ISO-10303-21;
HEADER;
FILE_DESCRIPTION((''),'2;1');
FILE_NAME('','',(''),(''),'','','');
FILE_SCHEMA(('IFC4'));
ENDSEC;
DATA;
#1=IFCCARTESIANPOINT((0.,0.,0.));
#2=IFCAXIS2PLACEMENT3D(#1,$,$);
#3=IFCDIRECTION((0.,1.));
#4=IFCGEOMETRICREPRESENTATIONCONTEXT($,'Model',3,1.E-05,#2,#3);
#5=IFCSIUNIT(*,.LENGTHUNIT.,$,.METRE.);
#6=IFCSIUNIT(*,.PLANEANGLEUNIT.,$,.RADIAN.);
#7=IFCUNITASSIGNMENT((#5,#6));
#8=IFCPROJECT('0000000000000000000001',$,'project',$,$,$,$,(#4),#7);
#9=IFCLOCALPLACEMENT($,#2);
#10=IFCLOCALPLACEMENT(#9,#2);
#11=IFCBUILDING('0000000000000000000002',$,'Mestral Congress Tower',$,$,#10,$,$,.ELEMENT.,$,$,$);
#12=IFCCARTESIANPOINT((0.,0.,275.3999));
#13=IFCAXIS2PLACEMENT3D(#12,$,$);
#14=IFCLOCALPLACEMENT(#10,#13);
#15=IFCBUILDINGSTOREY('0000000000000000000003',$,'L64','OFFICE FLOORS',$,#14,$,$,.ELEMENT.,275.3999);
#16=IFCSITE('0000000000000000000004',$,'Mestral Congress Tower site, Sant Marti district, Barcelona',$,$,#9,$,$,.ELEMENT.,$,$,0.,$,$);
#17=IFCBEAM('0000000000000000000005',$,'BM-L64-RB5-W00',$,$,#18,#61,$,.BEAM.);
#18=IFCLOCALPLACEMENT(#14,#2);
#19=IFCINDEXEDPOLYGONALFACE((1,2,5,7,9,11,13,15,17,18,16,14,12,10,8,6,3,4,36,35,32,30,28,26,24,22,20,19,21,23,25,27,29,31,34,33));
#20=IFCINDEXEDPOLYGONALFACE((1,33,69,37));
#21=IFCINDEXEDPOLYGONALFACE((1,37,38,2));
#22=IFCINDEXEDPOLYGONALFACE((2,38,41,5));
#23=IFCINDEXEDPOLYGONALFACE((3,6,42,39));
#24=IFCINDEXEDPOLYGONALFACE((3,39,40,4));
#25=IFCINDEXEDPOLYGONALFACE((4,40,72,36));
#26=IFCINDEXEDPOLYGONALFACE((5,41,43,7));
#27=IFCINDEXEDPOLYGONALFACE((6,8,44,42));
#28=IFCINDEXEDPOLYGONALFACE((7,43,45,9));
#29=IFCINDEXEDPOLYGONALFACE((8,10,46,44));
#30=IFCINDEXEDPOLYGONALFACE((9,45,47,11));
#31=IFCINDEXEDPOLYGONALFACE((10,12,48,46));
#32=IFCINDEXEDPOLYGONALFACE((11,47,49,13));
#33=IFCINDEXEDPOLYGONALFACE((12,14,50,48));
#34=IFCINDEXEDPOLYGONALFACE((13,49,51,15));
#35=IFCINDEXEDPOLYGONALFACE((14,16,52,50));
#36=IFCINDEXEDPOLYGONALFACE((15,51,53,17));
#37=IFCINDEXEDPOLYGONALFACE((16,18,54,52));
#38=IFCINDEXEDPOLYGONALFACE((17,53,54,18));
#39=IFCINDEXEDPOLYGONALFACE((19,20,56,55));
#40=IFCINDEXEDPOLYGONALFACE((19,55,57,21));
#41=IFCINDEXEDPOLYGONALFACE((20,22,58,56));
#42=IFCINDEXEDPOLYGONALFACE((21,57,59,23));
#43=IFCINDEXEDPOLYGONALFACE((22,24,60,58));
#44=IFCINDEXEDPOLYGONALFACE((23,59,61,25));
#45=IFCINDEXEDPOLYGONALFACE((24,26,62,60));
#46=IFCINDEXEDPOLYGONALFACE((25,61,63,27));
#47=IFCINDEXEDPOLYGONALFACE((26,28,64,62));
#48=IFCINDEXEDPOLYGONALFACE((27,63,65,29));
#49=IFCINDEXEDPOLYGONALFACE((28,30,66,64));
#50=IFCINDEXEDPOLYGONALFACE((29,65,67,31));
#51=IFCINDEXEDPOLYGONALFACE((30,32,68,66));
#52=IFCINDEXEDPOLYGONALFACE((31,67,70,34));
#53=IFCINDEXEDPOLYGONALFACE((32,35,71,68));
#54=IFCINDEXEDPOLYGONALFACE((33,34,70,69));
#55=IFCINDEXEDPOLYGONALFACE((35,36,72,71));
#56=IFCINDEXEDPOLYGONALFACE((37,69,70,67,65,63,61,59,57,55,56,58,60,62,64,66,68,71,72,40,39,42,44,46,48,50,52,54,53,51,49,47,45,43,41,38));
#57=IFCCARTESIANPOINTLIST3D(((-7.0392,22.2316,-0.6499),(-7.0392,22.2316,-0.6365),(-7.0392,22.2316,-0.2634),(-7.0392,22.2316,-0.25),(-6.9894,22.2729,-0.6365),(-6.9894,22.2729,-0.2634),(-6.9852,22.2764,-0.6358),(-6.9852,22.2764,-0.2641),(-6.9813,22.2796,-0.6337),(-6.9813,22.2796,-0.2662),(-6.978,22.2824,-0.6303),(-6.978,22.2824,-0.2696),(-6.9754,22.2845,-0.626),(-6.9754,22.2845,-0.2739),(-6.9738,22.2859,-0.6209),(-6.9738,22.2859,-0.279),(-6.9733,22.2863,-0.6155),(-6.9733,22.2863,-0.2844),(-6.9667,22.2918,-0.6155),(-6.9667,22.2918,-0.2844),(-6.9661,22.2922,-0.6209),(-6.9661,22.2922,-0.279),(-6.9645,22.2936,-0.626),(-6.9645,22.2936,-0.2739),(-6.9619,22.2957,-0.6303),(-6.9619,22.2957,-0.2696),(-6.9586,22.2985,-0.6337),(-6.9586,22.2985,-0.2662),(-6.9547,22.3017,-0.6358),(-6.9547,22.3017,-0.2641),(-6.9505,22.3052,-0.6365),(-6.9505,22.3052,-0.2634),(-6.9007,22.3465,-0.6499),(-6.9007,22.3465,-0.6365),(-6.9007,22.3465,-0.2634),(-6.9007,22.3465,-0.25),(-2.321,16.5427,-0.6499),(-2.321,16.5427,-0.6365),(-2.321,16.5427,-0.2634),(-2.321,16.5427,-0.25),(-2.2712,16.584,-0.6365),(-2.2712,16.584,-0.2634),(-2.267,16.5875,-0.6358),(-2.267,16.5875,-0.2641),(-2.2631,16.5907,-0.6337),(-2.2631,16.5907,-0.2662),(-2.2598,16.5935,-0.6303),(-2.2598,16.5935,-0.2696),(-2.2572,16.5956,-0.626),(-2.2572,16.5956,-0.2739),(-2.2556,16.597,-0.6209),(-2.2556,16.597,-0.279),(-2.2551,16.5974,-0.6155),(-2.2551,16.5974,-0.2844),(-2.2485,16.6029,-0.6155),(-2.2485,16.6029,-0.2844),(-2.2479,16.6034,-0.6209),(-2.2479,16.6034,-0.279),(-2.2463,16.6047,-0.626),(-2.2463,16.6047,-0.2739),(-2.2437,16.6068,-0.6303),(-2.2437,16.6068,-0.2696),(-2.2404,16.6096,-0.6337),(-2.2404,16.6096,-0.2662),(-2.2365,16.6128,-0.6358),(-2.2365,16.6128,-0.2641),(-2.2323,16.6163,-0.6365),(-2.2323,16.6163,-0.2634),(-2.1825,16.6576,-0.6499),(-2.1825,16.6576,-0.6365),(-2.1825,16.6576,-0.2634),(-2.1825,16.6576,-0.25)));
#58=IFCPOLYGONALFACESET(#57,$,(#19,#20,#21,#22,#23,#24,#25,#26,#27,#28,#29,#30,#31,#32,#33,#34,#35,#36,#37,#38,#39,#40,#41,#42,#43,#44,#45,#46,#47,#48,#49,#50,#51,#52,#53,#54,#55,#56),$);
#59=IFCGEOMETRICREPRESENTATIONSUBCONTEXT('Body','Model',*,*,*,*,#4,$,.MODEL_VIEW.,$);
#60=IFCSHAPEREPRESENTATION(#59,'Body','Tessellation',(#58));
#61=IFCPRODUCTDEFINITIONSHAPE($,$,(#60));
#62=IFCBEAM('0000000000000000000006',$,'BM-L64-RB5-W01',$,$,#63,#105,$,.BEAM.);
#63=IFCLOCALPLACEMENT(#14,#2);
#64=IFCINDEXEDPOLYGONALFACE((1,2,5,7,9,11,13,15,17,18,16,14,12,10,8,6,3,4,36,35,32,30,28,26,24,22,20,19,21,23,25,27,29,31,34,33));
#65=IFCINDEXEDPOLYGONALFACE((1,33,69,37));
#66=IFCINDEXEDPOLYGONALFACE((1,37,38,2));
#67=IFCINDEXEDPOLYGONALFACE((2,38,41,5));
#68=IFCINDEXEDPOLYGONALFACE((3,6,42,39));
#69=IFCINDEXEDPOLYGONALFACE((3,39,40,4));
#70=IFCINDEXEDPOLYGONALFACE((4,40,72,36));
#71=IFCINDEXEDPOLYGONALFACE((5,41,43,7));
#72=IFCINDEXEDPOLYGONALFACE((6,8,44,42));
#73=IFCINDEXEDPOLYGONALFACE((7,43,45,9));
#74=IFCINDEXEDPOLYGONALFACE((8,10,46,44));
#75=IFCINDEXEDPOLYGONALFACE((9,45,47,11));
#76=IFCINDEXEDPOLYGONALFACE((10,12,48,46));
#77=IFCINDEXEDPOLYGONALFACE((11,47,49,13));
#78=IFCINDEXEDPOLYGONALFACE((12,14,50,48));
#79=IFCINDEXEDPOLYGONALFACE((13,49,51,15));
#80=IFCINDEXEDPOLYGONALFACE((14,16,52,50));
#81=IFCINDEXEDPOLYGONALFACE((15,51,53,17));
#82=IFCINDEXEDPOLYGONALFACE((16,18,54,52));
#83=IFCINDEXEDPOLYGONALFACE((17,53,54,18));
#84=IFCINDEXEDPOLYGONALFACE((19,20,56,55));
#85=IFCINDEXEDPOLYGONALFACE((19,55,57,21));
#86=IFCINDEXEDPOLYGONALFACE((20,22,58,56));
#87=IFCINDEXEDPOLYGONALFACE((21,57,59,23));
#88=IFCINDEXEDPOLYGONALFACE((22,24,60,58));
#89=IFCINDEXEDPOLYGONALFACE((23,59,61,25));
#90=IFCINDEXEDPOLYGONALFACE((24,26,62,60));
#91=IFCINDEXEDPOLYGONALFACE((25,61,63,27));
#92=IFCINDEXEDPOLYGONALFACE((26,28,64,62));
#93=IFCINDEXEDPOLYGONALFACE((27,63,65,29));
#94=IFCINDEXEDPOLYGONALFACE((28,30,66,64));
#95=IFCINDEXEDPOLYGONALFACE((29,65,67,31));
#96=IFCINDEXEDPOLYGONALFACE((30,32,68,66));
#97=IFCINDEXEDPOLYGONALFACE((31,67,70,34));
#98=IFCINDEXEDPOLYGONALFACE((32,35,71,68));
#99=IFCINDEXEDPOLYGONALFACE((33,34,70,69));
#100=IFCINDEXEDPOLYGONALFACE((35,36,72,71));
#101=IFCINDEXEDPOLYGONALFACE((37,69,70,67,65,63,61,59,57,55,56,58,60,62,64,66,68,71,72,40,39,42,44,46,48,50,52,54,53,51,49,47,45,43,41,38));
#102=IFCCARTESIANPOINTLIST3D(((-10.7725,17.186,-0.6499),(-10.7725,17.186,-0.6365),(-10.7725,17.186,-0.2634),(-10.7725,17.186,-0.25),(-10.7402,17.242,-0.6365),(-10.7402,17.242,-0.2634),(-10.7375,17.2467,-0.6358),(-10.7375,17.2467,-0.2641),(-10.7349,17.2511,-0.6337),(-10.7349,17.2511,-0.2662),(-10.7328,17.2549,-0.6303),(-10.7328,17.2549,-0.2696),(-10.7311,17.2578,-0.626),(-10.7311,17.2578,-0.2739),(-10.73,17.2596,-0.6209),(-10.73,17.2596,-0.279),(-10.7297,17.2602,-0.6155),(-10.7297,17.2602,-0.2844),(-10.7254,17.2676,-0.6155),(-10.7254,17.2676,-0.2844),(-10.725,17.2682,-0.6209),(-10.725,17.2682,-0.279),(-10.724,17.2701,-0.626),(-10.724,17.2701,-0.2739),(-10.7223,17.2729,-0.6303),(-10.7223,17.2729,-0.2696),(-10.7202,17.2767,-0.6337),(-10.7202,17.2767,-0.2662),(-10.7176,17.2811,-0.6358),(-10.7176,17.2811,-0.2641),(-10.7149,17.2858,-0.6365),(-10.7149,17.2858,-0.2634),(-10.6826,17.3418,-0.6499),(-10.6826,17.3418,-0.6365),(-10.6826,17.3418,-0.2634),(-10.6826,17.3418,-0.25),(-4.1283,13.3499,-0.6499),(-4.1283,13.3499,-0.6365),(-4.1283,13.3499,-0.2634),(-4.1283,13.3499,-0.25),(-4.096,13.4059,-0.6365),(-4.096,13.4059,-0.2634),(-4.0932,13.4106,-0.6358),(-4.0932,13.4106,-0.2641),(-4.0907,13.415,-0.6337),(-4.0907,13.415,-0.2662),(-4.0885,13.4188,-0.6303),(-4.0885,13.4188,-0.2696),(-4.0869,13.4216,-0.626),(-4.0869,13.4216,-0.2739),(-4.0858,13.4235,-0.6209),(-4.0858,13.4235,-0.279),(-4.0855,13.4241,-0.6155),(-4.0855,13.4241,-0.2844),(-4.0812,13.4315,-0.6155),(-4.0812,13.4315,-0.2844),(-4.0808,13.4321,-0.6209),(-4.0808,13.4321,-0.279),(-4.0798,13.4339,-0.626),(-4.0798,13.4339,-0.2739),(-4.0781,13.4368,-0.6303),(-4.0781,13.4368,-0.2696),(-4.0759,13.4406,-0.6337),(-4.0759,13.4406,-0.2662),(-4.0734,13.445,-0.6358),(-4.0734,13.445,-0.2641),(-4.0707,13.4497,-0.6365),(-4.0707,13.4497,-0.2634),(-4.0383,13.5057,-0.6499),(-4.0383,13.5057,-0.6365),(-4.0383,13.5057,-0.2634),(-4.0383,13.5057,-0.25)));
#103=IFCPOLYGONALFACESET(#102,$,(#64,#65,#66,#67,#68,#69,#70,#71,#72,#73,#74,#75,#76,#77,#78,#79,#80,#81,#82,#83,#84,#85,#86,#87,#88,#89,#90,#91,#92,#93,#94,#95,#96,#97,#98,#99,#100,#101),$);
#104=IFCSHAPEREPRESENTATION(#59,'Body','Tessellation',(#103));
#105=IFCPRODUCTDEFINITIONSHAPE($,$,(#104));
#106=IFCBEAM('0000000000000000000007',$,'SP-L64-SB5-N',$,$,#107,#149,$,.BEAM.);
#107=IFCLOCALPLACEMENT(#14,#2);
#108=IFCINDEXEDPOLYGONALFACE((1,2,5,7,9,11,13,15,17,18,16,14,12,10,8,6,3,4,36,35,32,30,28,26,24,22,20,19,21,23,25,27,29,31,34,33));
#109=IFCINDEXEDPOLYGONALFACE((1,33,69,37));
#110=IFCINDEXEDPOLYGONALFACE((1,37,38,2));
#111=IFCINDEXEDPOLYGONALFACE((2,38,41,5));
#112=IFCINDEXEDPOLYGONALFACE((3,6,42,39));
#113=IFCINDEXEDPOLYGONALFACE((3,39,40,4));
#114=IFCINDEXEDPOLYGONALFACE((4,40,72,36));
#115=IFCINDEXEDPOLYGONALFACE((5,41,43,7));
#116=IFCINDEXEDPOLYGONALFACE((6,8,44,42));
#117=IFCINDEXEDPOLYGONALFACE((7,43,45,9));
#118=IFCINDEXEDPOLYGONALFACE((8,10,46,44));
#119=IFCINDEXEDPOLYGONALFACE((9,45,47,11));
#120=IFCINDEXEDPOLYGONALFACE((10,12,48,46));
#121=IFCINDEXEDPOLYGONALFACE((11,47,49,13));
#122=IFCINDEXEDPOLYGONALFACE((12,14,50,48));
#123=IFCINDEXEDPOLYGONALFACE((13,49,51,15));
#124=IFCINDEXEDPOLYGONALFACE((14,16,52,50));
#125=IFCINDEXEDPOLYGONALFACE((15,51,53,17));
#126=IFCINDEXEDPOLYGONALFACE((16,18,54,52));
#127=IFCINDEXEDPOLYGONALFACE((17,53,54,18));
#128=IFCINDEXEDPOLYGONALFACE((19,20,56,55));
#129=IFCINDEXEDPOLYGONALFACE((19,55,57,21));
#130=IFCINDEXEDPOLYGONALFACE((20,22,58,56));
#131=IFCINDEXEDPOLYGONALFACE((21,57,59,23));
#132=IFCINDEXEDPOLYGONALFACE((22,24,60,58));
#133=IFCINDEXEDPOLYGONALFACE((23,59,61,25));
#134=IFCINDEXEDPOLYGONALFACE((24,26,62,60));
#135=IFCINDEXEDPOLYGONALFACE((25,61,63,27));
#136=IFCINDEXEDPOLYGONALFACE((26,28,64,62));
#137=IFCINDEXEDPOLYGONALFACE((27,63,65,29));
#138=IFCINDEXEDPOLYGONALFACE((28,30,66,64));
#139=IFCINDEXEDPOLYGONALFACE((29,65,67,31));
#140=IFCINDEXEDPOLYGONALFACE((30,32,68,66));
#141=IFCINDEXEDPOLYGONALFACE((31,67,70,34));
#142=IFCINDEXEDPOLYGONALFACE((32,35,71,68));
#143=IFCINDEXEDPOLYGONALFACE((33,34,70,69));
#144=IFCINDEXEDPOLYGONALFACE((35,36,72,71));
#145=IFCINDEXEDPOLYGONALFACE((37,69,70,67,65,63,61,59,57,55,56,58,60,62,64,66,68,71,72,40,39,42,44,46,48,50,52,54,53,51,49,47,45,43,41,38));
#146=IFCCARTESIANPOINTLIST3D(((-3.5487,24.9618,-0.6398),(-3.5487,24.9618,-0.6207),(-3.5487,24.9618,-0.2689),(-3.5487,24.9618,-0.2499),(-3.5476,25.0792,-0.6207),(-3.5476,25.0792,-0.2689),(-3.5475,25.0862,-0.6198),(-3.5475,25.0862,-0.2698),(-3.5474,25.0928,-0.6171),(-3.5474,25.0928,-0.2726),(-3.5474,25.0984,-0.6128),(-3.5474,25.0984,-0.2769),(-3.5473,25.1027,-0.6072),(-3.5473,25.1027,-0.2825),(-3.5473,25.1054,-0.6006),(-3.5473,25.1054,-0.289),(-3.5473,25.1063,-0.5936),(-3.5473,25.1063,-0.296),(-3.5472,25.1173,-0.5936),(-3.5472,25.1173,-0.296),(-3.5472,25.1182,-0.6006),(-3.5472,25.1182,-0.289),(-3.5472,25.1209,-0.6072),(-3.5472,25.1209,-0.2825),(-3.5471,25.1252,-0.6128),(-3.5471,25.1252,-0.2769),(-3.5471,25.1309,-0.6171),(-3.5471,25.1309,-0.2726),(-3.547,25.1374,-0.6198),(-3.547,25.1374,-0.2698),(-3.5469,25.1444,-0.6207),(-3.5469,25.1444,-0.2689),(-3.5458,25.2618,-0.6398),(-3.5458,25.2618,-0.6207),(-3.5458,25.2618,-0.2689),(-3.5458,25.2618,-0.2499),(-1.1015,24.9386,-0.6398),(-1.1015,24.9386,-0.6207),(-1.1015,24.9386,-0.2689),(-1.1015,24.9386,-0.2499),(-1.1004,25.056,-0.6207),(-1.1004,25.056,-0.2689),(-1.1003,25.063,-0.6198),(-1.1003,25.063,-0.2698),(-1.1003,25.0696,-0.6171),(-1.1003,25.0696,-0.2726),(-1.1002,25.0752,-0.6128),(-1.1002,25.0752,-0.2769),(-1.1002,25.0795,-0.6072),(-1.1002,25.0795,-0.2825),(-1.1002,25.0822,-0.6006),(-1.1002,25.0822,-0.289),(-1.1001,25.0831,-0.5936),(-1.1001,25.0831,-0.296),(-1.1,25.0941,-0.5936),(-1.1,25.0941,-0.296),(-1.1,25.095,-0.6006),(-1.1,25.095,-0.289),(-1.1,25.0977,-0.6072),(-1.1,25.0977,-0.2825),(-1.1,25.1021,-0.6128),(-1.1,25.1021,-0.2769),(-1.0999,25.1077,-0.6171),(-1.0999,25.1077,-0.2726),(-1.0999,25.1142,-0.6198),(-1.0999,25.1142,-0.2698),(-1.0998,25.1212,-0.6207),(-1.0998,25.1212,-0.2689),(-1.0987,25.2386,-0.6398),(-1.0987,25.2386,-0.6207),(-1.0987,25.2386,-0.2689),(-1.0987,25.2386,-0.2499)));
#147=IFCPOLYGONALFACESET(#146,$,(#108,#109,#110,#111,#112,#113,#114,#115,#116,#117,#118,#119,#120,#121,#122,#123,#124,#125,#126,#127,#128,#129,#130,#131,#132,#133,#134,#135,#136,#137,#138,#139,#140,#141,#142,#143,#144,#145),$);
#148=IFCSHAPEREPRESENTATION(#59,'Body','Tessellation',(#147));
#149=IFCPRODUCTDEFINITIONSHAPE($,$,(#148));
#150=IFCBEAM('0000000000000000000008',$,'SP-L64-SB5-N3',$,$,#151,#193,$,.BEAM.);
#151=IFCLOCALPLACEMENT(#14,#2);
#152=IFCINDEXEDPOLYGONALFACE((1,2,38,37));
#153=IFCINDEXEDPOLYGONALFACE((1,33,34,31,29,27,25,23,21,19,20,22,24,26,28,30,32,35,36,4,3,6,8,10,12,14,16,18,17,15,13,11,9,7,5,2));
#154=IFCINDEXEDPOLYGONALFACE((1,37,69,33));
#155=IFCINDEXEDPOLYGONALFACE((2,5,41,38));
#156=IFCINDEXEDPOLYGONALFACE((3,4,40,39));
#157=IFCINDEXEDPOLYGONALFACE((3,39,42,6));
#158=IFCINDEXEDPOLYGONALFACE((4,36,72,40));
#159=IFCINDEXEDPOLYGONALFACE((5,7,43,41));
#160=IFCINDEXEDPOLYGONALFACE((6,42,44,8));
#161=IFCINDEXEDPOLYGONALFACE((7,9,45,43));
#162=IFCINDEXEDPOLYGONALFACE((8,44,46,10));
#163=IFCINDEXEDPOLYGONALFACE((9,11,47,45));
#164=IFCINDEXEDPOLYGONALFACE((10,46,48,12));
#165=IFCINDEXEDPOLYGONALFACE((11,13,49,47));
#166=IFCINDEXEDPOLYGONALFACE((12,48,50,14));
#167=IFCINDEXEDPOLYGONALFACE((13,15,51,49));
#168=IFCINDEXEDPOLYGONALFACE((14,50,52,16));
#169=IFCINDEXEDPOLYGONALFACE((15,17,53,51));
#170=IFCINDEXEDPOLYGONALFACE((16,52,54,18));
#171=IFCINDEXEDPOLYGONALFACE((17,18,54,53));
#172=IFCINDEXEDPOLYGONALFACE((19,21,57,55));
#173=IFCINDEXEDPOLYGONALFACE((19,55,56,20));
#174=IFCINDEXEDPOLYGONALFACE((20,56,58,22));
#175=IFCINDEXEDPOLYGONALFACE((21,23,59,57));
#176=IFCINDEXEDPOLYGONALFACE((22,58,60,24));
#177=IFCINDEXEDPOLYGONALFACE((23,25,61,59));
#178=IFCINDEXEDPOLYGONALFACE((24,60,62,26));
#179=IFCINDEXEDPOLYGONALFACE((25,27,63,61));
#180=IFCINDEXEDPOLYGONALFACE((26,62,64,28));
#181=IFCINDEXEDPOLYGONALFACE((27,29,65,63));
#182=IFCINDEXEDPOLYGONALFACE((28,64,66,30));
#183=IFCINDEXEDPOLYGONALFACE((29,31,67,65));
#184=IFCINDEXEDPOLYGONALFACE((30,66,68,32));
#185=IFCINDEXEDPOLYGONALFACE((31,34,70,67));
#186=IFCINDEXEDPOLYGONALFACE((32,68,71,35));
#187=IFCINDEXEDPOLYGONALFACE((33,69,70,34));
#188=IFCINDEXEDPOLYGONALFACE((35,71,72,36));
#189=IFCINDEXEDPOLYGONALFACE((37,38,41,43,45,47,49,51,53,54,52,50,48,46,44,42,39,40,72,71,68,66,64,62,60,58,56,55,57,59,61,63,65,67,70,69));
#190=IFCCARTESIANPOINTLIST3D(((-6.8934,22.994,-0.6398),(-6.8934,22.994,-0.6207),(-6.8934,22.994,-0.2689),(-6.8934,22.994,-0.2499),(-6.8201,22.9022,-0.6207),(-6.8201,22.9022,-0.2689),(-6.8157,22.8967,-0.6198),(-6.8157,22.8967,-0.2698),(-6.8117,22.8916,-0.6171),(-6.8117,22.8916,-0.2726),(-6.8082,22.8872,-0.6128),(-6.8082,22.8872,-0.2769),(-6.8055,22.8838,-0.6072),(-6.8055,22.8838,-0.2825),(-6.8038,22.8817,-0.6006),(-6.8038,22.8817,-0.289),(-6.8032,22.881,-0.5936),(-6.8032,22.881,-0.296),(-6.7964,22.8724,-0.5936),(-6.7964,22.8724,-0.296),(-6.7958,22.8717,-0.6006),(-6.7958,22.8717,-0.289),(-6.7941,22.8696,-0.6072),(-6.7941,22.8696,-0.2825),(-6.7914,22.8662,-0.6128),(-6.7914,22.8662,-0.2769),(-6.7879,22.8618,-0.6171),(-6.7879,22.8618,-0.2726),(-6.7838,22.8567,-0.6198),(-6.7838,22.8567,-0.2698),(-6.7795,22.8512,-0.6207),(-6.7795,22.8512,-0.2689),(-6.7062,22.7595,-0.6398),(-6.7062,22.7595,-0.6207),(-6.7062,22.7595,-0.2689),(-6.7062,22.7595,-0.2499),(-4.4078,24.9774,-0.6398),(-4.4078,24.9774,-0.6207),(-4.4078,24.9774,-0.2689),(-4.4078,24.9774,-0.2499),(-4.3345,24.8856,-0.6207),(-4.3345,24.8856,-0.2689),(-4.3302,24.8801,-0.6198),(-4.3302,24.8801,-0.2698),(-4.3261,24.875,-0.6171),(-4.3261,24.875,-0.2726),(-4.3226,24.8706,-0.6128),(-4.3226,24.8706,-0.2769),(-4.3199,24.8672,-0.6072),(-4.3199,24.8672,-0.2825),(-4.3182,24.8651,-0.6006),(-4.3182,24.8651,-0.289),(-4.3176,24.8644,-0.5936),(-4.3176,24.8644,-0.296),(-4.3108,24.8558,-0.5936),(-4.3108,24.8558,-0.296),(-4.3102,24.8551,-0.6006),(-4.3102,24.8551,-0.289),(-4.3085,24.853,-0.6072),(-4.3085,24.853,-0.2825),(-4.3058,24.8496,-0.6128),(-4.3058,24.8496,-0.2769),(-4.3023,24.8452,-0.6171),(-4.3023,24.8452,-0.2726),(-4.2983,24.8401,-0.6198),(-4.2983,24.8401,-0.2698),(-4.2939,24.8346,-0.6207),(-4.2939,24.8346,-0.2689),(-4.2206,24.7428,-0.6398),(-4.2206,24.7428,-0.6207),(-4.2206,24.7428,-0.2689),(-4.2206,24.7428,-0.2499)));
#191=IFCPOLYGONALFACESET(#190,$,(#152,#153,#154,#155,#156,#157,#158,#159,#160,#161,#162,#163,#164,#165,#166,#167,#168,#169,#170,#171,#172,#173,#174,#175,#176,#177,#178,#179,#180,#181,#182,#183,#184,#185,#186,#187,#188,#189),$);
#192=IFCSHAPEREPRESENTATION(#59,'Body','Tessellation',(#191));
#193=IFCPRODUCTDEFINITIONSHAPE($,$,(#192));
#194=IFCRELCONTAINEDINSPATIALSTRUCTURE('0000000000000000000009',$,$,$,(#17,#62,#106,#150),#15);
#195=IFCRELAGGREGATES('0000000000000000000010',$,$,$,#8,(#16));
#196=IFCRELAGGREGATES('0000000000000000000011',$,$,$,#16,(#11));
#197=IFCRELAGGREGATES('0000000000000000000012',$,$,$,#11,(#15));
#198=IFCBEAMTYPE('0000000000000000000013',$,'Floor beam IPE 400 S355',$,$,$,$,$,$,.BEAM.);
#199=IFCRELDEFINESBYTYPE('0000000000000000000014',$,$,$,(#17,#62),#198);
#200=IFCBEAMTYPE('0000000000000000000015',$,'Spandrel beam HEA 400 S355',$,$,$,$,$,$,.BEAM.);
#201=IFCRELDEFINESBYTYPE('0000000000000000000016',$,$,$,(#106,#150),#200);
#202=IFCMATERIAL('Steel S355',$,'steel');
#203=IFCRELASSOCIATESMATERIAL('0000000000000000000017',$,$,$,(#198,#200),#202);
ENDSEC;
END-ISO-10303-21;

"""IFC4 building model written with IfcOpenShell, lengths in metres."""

from ifc_helpers import new_model, si_unit, direction, frame, origin, origin_2d, place, context, subcontext, project, spatial, i_section, extrude, material, material_profile, profile_set, type_object, element, save


model = new_model("IFC4")

# Units and contexts
model_context = context("Model", 3, precision=1e-05, world=origin(), true_north=direction((0.0, 1.0)))
body_context = subcontext(model_context, "Body", "Model", "MODEL_VIEW")
ifc_project = project(units=[si_unit("LENGTHUNIT", "METRE"), si_unit("PLANEANGLEUNIT", "RADIAN")], contexts=[model_context])

# Site, building, storey
site_placement = place(None, origin())
site = spatial("IfcSite", under=ifc_project, at=site_placement, Name="Mestral Congress Tower site, Sant Marti district, Barcelona", CompositionType="ELEMENT", RefElevation=0.0)
building_placement = place(site_placement, origin())
building = spatial("IfcBuilding", under=site, at=building_placement, Name="Mestral Congress Tower", CompositionType="ELEMENT")
storey_placement = place(building_placement, frame((0.0, 0.0, 275.3999)))
storey = spatial("IfcBuildingStorey", under=building, at=storey_placement, Name="L64", Description="OFFICE FLOORS", CompositionType="ELEMENT", Elevation=275.3999)

# Beams
ifc_material_1 = material(Name="Steel S355", Category="steel")
ifc_material_profile_1 = material_profile(ifc_material_1, i_section(OverallWidth=0.1799, OverallDepth=0.3999, WebThickness=0.0085, FlangeThickness=0.0134, FilletRadius=0.021, at=origin_2d()), Name="IPE 400")
ifc_profile_set_1 = profile_set([ifc_material_profile_1], Name="Steel S355")
beam_type_1 = type_object("IfcBeamType", Name="Floor beam IPE 400 S355", PredefinedType="BEAM", material=ifc_profile_set_1)
beam_1_placement = place(storey_placement, frame((-6.97, 22.2891, -0.45), z_axis=(0.638383, -0.769719, 0.0), x_axis=(0.769719, 0.638383, 0.0)))
element("IfcBeam", 1, at=beam_1_placement, inside=storey, type_object=beam_type_1, Name="BM-L64-RB5-W00", PredefinedType="BEAM", context=body_context, shape_type="SweptSolid", body=[
    extrude(i_section(OverallWidth=0.1799, OverallDepth=0.3999, WebThickness=0.0085, FlangeThickness=0.0134, FilletRadius=0.021, at=origin_2d()), origin(), (0.0, 0.0, 1.0), 7.3909),
])
beam_2_placement = place(storey_placement, frame((-10.7275, 17.2639, -0.45), z_axis=(0.86602, -0.50001, 0.0), x_axis=(0.50001, 0.86602, 0.0)))
element("IfcBeam", 2, at=beam_2_placement, inside=storey, type_object=beam_type_1, Name="BM-L64-RB5-W01", PredefinedType="BEAM", context=body_context, shape_type="SweptSolid", body=[
    extrude(i_section(OverallWidth=0.1799, OverallDepth=0.3999, WebThickness=0.0085, FlangeThickness=0.0134, FilletRadius=0.021, at=origin_2d()), origin(), (0.0, 0.0, 1.0), 7.6721),
])
ifc_material_profile_2 = material_profile(ifc_material_1, i_section(OverallWidth=0.3, OverallDepth=0.3899, WebThickness=0.011, FlangeThickness=0.019, FilletRadius=0.0271, at=origin_2d()), Name="HEA 400")
ifc_profile_set_2 = profile_set([ifc_material_profile_2], Name="Steel S355")
beam_type_2 = type_object("IfcBeamType", Name="Spandrel beam HEA 400 S355", PredefinedType="BEAM", material=ifc_profile_set_2)
beam_3_placement = place(storey_placement, frame((-1.1001, 25.0886, -0.4448), z_axis=(-0.999955, 0.009477, 0.0), x_axis=(-0.009477, -0.999955, 0.0)))
element("IfcBeam", 3, at=beam_3_placement, inside=storey, type_object=beam_type_2, Name="SP-L64-SB5-N", PredefinedType="BEAM", context=body_context, shape_type="SweptSolid", body=[
    extrude(i_section(OverallWidth=0.3, OverallDepth=0.3899, WebThickness=0.011, FlangeThickness=0.019, FilletRadius=0.0271, at=origin_2d()), origin(), (0.0, 0.0, 1.0), 2.4473),
])
beam_4_placement = place(storey_placement, frame((-4.3142, 24.8601, -0.4448), z_axis=(-0.781647, -0.623721, 0.0), x_axis=(0.623721, -0.781647, 0.0)))
element("IfcBeam", 4, at=beam_4_placement, inside=storey, type_object=beam_type_2, Name="SP-L64-SB5-N3", PredefinedType="BEAM", context=body_context, shape_type="SweptSolid", body=[
    extrude(i_section(OverallWidth=0.3, OverallDepth=0.3899, WebThickness=0.011, FlangeThickness=0.019, FilletRadius=0.0271, at=origin_2d()), origin(), (0.0, 0.0, 1.0), 3.1799),
])

save(model, "model.ifc")
